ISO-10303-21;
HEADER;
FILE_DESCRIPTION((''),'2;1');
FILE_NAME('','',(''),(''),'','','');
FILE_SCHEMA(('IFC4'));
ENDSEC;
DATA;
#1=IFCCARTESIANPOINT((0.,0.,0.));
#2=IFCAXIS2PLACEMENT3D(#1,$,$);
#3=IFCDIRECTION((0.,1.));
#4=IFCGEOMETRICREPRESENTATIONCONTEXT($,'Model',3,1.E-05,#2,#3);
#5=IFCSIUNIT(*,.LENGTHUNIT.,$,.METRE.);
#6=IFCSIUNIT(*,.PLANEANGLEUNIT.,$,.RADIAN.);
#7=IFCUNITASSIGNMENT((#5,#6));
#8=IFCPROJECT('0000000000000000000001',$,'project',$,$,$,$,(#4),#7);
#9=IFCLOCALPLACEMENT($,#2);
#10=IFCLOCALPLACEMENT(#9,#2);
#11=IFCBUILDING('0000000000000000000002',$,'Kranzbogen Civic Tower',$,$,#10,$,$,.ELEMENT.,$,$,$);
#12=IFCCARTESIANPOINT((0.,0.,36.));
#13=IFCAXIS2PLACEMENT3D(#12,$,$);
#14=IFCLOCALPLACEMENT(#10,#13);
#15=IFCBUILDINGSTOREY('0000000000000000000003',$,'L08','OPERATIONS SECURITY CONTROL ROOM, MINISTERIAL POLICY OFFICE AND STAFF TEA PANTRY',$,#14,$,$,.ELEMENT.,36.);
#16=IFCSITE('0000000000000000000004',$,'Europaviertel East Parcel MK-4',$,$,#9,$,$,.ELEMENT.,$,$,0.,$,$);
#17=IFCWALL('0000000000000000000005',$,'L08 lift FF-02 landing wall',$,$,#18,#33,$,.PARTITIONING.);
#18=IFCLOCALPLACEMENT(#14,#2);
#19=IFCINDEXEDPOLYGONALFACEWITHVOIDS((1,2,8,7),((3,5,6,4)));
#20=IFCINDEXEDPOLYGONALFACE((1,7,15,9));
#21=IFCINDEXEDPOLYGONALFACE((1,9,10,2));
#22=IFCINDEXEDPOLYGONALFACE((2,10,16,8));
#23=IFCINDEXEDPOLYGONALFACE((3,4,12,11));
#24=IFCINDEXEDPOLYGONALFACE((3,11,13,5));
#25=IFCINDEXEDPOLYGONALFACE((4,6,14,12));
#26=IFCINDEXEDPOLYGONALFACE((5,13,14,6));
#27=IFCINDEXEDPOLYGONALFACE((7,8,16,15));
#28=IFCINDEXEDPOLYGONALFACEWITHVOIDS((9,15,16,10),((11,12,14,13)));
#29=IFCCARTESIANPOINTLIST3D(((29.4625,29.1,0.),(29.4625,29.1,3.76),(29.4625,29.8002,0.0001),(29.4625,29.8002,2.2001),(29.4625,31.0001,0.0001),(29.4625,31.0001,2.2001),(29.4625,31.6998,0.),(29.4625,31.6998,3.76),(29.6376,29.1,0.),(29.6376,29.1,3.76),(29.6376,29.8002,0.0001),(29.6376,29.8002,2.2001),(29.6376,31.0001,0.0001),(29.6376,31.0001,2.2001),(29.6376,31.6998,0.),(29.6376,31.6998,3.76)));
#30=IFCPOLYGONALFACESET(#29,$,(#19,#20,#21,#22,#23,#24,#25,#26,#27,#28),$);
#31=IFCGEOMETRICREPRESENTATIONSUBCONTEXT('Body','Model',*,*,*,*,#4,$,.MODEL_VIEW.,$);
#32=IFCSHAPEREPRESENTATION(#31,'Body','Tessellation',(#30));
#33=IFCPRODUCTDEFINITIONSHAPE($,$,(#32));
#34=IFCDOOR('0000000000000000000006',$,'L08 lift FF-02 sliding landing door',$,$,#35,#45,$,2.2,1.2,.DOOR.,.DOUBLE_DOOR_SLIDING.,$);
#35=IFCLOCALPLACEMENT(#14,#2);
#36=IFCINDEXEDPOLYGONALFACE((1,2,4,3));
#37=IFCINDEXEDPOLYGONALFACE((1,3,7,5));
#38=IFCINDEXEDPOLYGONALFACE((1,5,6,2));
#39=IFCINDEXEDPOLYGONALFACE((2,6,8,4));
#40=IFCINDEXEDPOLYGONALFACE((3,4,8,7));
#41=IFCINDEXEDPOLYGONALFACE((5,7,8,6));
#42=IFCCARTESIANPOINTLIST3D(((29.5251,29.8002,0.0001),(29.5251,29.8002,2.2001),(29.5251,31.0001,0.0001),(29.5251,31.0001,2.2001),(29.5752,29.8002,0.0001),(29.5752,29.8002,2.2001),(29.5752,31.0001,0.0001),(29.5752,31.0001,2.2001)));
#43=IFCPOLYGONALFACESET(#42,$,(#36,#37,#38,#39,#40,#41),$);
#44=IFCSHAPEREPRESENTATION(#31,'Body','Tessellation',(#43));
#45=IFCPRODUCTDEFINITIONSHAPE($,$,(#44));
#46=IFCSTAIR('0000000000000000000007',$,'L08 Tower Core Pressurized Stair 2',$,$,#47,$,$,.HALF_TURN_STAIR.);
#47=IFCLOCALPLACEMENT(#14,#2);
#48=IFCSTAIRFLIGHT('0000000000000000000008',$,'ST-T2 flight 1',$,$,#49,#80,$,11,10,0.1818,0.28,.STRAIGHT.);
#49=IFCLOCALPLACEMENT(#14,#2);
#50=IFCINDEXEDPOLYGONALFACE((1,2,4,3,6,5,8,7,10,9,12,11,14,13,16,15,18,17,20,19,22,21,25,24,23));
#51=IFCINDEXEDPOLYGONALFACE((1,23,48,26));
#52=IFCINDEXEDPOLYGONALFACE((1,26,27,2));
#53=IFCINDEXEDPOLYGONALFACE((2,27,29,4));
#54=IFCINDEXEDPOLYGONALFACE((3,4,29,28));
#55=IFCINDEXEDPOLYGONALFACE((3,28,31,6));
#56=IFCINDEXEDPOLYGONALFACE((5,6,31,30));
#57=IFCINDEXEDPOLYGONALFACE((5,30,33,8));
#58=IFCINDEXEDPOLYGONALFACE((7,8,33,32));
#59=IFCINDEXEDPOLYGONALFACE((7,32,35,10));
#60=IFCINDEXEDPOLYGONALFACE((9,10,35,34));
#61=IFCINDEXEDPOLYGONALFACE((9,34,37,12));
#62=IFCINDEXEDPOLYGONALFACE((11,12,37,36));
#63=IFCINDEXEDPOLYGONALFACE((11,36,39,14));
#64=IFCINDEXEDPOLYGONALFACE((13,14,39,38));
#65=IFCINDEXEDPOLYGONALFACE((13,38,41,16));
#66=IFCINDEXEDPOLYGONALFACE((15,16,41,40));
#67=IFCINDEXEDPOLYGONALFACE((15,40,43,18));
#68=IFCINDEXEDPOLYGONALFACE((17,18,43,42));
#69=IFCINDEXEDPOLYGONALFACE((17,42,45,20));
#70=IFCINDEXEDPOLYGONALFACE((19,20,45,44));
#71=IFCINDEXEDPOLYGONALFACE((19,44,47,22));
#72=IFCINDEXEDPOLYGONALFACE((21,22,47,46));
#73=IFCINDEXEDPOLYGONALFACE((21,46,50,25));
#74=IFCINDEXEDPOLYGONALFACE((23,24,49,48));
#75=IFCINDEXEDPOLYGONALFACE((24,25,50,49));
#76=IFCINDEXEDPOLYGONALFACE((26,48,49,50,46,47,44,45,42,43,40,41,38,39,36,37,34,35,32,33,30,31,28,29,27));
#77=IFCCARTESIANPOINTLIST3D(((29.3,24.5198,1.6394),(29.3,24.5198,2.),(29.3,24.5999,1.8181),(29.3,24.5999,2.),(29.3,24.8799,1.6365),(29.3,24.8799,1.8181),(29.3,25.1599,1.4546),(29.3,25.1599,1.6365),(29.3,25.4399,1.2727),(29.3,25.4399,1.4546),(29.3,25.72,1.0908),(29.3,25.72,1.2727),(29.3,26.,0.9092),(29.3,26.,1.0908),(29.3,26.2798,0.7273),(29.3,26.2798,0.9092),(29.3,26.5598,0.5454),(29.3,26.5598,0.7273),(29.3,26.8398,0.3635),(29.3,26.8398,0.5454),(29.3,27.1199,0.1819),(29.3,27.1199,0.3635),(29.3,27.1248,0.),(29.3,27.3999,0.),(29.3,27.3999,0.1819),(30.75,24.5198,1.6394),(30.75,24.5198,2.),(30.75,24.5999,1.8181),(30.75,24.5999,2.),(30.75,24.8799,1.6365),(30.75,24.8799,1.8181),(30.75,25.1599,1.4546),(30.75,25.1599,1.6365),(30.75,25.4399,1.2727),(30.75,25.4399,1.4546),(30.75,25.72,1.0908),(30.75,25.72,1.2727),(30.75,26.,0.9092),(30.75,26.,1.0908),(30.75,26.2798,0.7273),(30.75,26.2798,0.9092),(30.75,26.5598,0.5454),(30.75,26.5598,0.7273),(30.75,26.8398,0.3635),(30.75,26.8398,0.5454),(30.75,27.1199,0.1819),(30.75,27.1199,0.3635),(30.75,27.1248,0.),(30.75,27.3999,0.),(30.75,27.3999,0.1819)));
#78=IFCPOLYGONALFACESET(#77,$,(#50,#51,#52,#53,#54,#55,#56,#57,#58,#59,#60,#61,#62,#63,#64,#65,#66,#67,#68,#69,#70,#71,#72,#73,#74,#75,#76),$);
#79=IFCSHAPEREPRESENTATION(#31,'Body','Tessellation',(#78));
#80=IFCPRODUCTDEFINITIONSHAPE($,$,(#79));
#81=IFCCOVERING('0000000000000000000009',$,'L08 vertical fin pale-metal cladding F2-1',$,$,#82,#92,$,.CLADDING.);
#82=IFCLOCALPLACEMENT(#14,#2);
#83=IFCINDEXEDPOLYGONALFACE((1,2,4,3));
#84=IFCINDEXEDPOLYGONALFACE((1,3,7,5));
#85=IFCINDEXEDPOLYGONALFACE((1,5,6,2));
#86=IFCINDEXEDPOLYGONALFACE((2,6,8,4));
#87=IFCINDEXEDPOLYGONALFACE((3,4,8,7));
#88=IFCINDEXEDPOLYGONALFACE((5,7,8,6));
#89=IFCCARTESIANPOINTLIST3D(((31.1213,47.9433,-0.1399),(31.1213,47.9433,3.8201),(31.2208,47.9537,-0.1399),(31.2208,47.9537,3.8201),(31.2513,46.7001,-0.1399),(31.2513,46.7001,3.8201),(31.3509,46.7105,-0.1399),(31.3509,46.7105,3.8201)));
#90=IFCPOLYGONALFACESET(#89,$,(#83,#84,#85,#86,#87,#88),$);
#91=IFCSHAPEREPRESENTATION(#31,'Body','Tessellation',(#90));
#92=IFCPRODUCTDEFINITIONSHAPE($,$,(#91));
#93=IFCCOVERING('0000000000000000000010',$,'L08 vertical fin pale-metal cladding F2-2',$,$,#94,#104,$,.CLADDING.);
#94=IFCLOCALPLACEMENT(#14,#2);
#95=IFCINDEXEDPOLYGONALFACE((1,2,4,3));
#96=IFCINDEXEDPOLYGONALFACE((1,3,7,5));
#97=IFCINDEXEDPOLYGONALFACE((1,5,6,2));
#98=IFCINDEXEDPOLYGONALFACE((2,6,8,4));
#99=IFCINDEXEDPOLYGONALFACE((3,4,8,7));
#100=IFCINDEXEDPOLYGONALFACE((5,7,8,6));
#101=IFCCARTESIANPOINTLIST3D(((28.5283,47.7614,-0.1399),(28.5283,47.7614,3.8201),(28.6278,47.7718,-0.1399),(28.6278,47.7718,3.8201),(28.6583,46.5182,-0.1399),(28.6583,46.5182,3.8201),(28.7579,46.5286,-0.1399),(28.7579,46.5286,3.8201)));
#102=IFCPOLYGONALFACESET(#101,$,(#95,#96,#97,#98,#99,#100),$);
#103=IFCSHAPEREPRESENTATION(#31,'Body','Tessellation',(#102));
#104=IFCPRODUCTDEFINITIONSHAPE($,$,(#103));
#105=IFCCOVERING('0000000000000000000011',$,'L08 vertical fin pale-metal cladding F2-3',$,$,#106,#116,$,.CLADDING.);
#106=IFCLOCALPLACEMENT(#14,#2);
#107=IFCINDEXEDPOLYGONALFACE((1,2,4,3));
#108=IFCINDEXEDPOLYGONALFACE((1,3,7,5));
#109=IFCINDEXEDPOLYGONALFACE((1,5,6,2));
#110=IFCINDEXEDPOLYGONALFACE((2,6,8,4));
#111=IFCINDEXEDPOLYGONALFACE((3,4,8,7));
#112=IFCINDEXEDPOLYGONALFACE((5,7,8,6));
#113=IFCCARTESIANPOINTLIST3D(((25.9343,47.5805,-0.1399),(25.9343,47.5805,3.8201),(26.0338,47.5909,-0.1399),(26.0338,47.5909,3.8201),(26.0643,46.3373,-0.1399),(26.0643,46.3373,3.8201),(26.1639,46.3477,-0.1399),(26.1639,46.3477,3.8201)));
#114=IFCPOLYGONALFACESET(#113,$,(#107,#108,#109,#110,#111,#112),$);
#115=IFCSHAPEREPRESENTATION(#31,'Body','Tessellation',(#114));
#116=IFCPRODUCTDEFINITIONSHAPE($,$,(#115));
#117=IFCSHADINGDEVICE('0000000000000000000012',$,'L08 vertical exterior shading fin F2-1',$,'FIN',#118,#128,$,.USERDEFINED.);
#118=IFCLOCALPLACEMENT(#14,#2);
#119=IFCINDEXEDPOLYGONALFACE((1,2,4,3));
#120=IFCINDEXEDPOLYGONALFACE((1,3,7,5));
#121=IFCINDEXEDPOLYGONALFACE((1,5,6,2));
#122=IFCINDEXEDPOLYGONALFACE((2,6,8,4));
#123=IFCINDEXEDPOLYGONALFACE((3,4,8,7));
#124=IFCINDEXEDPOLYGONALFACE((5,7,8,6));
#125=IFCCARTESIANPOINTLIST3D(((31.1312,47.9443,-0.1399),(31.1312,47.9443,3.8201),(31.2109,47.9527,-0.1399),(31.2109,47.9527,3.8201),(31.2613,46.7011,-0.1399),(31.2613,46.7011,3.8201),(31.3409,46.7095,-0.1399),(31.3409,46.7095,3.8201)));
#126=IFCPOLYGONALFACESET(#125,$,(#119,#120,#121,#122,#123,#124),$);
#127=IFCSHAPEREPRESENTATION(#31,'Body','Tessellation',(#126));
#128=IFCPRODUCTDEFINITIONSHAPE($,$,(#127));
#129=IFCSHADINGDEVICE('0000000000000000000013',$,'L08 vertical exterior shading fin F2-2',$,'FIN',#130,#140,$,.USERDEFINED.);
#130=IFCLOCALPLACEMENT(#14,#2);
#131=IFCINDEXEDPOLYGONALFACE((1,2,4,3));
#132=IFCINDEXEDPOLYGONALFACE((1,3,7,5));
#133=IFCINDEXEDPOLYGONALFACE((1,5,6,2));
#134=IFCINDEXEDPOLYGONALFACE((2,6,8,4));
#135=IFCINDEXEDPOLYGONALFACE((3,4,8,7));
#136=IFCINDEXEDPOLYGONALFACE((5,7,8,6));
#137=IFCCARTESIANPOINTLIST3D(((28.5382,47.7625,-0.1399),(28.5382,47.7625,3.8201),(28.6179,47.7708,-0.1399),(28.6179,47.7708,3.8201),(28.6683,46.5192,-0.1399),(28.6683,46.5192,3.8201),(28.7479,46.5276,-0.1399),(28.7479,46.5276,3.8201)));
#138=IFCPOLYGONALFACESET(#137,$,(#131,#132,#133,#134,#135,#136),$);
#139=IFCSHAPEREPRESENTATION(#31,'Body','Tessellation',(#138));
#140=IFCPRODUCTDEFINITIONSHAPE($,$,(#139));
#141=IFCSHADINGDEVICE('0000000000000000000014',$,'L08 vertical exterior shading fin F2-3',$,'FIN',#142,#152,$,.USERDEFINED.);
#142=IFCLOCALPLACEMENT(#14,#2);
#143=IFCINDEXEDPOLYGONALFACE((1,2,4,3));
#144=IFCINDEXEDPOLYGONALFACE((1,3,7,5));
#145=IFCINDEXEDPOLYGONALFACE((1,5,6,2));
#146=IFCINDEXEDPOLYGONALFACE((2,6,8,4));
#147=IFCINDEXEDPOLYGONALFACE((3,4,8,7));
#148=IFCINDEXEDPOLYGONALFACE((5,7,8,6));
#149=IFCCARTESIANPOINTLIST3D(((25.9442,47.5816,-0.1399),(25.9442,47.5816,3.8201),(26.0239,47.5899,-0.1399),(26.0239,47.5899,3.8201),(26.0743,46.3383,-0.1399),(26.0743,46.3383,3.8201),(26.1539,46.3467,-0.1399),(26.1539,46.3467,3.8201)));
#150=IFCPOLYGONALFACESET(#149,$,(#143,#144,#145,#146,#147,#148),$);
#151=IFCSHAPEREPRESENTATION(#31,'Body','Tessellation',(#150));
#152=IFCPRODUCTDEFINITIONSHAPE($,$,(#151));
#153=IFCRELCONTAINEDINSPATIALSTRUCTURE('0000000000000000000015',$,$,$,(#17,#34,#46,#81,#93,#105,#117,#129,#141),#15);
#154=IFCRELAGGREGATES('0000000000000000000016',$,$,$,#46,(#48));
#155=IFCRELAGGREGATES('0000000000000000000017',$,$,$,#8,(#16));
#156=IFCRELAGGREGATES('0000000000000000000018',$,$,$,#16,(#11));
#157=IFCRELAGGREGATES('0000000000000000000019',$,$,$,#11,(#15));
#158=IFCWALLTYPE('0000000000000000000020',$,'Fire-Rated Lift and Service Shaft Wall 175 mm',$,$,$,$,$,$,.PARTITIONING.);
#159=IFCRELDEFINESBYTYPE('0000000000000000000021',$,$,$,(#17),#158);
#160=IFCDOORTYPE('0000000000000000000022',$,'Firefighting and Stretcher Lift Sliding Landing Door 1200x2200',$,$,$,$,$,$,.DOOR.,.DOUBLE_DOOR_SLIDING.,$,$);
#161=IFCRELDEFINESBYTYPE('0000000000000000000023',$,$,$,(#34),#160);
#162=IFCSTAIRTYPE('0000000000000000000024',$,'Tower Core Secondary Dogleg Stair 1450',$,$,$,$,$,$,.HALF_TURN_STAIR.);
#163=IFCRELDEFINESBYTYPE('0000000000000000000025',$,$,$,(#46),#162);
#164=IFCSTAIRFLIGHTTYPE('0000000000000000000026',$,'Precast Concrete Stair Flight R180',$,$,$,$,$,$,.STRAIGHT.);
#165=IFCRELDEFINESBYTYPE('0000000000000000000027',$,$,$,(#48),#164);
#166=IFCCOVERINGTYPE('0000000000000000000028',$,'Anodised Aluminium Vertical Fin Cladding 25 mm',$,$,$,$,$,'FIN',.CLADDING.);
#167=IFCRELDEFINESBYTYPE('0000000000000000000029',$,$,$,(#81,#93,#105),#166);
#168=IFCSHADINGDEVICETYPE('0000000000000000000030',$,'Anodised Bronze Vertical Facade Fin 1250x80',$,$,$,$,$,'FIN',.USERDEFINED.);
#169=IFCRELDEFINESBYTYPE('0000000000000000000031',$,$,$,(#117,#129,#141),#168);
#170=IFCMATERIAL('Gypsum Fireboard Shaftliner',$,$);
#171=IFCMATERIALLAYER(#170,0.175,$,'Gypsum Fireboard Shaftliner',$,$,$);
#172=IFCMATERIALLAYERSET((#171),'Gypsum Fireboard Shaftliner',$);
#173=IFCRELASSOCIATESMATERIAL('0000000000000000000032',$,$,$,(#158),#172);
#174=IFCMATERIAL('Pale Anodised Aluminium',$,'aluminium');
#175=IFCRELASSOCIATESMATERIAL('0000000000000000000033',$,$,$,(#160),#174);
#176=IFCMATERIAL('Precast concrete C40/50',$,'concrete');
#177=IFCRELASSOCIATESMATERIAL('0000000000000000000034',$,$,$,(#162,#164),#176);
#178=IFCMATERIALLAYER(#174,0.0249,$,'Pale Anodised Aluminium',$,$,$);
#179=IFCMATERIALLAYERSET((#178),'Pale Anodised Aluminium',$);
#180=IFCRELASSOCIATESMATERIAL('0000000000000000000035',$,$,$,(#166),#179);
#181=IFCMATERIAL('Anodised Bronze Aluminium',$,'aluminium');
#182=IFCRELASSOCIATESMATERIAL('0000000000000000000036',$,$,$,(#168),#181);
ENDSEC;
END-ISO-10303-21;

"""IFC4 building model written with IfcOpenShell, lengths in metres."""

from ifc_helpers import new_model, si_unit, direction, frame, frame_2d, origin, origin_2d, place, context, subcontext, project, spatial, polyline, rectangle, outline, extrude, material, layer, layer_set, type_object, element, fill, aggregate, save


model = new_model("IFC4")

# Units and contexts
model_context = context("Model", 3, precision=1e-05, world=origin(), true_north=direction((0.0, 1.0)))
body_context = subcontext(model_context, "Body", "Model", "MODEL_VIEW")
ifc_project = project(units=[si_unit("LENGTHUNIT", "METRE"), si_unit("PLANEANGLEUNIT", "RADIAN")], contexts=[model_context])

# Site, building, storey
site_placement = place(None, origin())
site = spatial("IfcSite", under=ifc_project, at=site_placement, Name="Europaviertel East Parcel MK-4", CompositionType="ELEMENT", RefElevation=0.0)
building_placement = place(site_placement, origin())
building = spatial("IfcBuilding", under=site, at=building_placement, Name="Kranzbogen Civic Tower", CompositionType="ELEMENT")
storey_placement = place(building_placement, frame((0.0, 0.0, 36.0)))
storey = spatial("IfcBuildingStorey", under=building, at=storey_placement, Name="L08", Description="OPERATIONS SECURITY CONTROL ROOM, MINISTERIAL POLICY OFFICE AND STAFF TEA PANTRY", CompositionType="ELEMENT", Elevation=36.0)

# Shared definitions
ifc_material_1 = material(Name="Pale Anodised Aluminium", Category="aluminium")

# Shared definitions
ifc_material_2 = material(Name="Gypsum Fireboard Shaftliner")
ifc_layer_1 = layer(ifc_material_2, 0.175, Name="Gypsum Fireboard Shaftliner")
ifc_layer_set_1 = layer_set([ifc_layer_1], Name="Gypsum Fireboard Shaftliner")
wall_type_1 = type_object("IfcWallType", Name="Fire-Rated Lift and Service Shaft Wall 175 mm", PredefinedType="PARTITIONING", material=ifc_layer_set_1)

# Wall, opening, door
wall_1_placement = place(storey_placement, frame((29.55, 29.1001, 0.0), z_axis=(0.0, 0.0, 1.0), x_axis=(0.0, 1.0, 0.0)))
wall_1 = element("IfcWall", 1, at=wall_1_placement, inside=storey, type_object=wall_type_1, Name="L08 lift FF-02 landing wall", PredefinedType="PARTITIONING", context=body_context, shape_type="SweptSolid", body=[
    extrude(rectangle(XDim=2.5999, YDim=0.175, at=frame_2d((1.2998, 0.0))), origin(), (0.0, 0.0, 1.0), 3.76),
])
opening_1_placement = place(wall_1_placement, frame((0.7, 0.0, 0.0)))
opening_1 = element("IfcOpeningElement", 2, at=opening_1_placement, cuts=wall_1, PredefinedType="OPENING", context=body_context, shape_type="SweptSolid", body=[
    extrude(rectangle(XDim=1.2, YDim=2.2, at=frame_2d((0.6001, 1.1001))), frame((0.0, 0.0977, 0.0), z_axis=(0.0, -1.0, 0.0), x_axis=(1.0, 0.0, 0.0)), (0.0, 0.0, 1.0), 0.1951),
])
door_type_1 = type_object("IfcDoorType", Name="Firefighting and Stretcher Lift Sliding Landing Door 1200x2200", OperationType="DOUBLE_DOOR_SLIDING", PredefinedType="DOOR", material=ifc_material_1)
door_1_placement = place(opening_1_placement, origin())
door_1 = element("IfcDoor", 3, at=door_1_placement, inside=storey, type_object=door_type_1, Name="L08 lift FF-02 sliding landing door", OperationType="DOUBLE_DOOR_SLIDING", OverallHeight=2.2, OverallWidth=1.2, PredefinedType="DOOR", context=body_context, shape_type="SweptSolid", body=[
    extrude(rectangle(XDim=1.2, YDim=2.2, at=frame_2d((0.6001, 1.1001))), frame((0.0, 0.0249, 0.0), z_axis=(0.0, -1.0, 0.0), x_axis=(1.0, 0.0, 0.0)), (0.0, 0.0, 1.0), 0.05),
])
fill(opening_1, door_1)

# Stair, stair flight
ifc_material_3 = material(Name="Precast concrete C40/50", Category="concrete")
stair_type = type_object("IfcStairType", Name="Tower Core Secondary Dogleg Stair 1450", PredefinedType="HALF_TURN_STAIR", material=ifc_material_3)
stair_placement = place(storey_placement, origin())
stair = element("IfcStair", 4, at=stair_placement, inside=storey, type_object=stair_type, Name="L08 Tower Core Pressurized Stair 2", PredefinedType="HALF_TURN_STAIR")
stair_flight_type = type_object("IfcStairFlightType", Name="Precast Concrete Stair Flight R180", PredefinedType="STRAIGHT", material=ifc_material_3)
stair_flight_placement = place(storey_placement, frame((30.0249, 27.3999, 0.0), z_axis=(0.0, 0.0, 1.0), x_axis=(0.0, -1.0, 0.0)))
stair_flight = element("IfcStairFlight", 5, at=stair_flight_placement, type_object=stair_flight_type, Name="ST-T2 flight 1", NumberOfRisers=11, NumberOfTreads=10, PredefinedType="STRAIGHT", RiserHeight=0.1818, TreadLength=0.28, context=body_context, shape_type="SweptSolid", body=[
    extrude(outline(polyline([(0.0, 0.0), (0.0, 0.1819), (0.28, 0.1819), (0.28, 0.3635), (0.5601, 0.3635), (0.5601, 0.5454), (0.8401, 0.5454), (0.8401, 0.7273), (1.1201, 0.7273), (1.1201, 0.9092), (1.3999, 0.9092), (1.3999, 1.0908), (1.6799, 1.0908), (1.6799, 1.2727), (1.96, 1.2727), (1.96, 1.4546), (2.24, 1.4546), (2.24, 1.6365), (2.52, 1.6365), (2.52, 1.8181), (2.8, 1.8181), (2.8, 2.0), (2.8801, 2.0), (2.8801, 1.6394), (0.2751, 0.0), (0.0, 0.0)])), frame((0.0, 0.7251, 0.0), z_axis=(0.0, -1.0, 0.0), x_axis=(1.0, 0.0, 0.0)), (0.0, 0.0, 1.0), 1.45),
])
aggregate(stair, [stair_flight])

# Coverings
ifc_layer_2 = layer(ifc_material_1, 0.0249, Name="Pale Anodised Aluminium")
ifc_layer_set_2 = layer_set([ifc_layer_2], Name="Pale Anodised Aluminium")
covering_type = type_object("IfcCoveringType", Name="Anodised Aluminium Vertical Fin Cladding 25 mm", ElementType="FIN", PredefinedType="CLADDING", material=ifc_layer_set_2)
for number, where, z_axis, x_axis, name in (
    (6, (31.2361, 47.3269, -0.1399), (0.0, 0.0, 1.0), (-0.10406, 0.994571, 0.0), "L08 vertical fin pale-metal cladding F2-1"),
    (7, (28.6431, 47.145, -0.1399), (0.0, 0.0, 1.0), (-0.10406, 0.994571, 0.0), "L08 vertical fin pale-metal cladding F2-2"),
    (8, (26.0491, 46.9641, -0.1399), (0.0, 0.0, 1.0), (-0.10406, 0.994571, 0.0), "L08 vertical fin pale-metal cladding F2-3"),
):
    element("IfcCovering", number, at=place(storey_placement, frame(where, z_axis=z_axis, x_axis=x_axis)), inside=storey, type_object=covering_type, Name=name, PredefinedType="CLADDING", context=body_context, shape_type="SweptSolid", body=[
        extrude(rectangle(XDim=1.25, YDim=0.1001, at=origin_2d()), origin(), (0.0, 0.0, 1.0), 3.96),
    ])

# Shading devices
ifc_material_4 = material(Name="Anodised Bronze Aluminium", Category="aluminium")
shading_device_type = type_object("IfcShadingDeviceType", Name="Anodised Bronze Vertical Facade Fin 1250x80", ElementType="FIN", PredefinedType="USERDEFINED", material=ifc_material_4)
for number, where, z_axis, x_axis, name in (
    (9, (31.2361, 47.3269, -0.1399), (0.0, 0.0, 1.0), (-0.10406, 0.994571, 0.0), "L08 vertical exterior shading fin F2-1"),
    (10, (28.6431, 47.145, -0.1399), (0.0, 0.0, 1.0), (-0.10406, 0.994571, 0.0), "L08 vertical exterior shading fin F2-2"),
    (11, (26.0491, 46.9641, -0.1399), (0.0, 0.0, 1.0), (-0.10406, 0.994571, 0.0), "L08 vertical exterior shading fin F2-3"),
):
    element("IfcShadingDevice", number, at=place(storey_placement, frame(where, z_axis=z_axis, x_axis=x_axis)), inside=storey, type_object=shading_device_type, Name=name, ObjectType="FIN", PredefinedType="USERDEFINED", context=body_context, shape_type="SweptSolid", body=[
        extrude(rectangle(XDim=1.25, YDim=0.0801, at=origin_2d()), origin(), (0.0, 0.0, 1.0), 3.96),
    ])

save(model, "model.ifc")
